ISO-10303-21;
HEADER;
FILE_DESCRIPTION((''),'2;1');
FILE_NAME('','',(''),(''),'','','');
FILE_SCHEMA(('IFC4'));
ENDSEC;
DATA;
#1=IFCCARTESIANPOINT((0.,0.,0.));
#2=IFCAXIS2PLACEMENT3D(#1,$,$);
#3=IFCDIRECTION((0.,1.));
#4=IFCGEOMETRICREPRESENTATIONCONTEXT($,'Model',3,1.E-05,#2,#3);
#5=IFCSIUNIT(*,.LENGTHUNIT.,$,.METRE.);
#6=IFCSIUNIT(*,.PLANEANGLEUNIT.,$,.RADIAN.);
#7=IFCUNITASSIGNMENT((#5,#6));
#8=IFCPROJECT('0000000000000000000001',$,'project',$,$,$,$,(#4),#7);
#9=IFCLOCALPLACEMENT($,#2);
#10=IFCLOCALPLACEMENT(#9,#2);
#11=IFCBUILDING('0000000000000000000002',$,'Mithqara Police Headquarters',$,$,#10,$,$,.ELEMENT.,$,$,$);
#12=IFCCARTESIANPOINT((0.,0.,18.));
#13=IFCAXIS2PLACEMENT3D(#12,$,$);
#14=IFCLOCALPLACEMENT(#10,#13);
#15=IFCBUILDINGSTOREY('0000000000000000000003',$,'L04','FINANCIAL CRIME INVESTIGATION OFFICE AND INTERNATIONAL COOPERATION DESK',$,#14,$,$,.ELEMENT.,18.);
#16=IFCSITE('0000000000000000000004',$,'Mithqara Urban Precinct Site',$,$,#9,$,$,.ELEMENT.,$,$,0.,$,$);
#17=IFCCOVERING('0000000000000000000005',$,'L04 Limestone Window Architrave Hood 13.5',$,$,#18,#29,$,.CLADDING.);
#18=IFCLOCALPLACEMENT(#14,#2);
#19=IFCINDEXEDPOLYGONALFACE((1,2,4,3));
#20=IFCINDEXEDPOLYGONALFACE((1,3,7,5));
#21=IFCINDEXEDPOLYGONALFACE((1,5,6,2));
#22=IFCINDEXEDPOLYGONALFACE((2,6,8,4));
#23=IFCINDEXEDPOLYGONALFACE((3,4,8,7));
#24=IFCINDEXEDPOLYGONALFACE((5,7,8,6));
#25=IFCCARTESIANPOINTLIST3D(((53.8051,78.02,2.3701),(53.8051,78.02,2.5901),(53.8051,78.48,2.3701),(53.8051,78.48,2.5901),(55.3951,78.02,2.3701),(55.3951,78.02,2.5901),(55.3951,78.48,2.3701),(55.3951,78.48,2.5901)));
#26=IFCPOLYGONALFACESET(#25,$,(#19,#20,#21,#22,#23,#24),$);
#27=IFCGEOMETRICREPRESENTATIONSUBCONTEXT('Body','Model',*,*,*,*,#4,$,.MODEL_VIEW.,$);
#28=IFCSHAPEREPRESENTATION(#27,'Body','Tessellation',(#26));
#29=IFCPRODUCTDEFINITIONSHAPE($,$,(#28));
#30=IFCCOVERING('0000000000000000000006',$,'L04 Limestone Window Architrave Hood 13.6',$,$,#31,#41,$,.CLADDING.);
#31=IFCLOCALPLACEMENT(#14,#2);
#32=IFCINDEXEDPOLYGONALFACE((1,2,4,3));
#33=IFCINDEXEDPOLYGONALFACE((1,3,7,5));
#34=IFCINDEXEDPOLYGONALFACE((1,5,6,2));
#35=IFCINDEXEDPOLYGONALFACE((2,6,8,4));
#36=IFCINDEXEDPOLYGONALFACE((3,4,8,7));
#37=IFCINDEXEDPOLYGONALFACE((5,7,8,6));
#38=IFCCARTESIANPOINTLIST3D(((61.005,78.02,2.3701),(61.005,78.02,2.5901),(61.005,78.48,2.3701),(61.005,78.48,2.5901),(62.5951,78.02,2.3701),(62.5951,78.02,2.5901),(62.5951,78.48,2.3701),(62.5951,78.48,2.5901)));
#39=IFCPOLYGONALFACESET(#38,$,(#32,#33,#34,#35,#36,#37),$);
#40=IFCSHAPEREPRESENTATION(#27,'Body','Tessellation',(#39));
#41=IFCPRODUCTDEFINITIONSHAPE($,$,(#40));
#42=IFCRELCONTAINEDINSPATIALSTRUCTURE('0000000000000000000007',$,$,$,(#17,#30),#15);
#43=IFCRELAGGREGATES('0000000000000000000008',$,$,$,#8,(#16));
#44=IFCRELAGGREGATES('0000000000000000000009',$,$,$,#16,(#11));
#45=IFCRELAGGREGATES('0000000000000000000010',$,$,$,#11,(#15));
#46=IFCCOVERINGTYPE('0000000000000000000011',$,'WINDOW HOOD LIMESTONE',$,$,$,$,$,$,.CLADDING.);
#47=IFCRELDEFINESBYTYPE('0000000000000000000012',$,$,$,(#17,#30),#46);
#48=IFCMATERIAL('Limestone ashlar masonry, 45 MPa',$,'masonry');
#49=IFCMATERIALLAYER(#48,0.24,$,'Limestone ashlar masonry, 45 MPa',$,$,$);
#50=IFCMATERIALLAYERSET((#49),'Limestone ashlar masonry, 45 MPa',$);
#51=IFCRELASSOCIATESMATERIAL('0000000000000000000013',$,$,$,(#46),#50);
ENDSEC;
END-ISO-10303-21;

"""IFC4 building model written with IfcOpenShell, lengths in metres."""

from ifc_helpers import new_model, si_unit, direction, frame, origin, origin_2d, place, context, subcontext, project, spatial, rectangle, extrude, material, layer, layer_set, type_object, element, save


model = new_model("IFC4")

# Units and contexts
model_context = context("Model", 3, precision=1e-05, world=origin(), true_north=direction((0.0, 1.0)))
body_context = subcontext(model_context, "Body", "Model", "MODEL_VIEW")
ifc_project = project(units=[si_unit("LENGTHUNIT", "METRE"), si_unit("PLANEANGLEUNIT", "RADIAN")], contexts=[model_context])

# Site, building, storey
site_placement = place(None, origin())
site = spatial("IfcSite", under=ifc_project, at=site_placement, Name="Mithqara Urban Precinct Site", CompositionType="ELEMENT", RefElevation=0.0)
building_placement = place(site_placement, origin())
building = spatial("IfcBuilding", under=site, at=building_placement, Name="Mithqara Police Headquarters", CompositionType="ELEMENT")
storey_placement = place(building_placement, frame((0.0, 0.0, 18.0)))
storey = spatial("IfcBuildingStorey", under=building, at=storey_placement, Name="L04", Description="FINANCIAL CRIME INVESTIGATION OFFICE AND INTERNATIONAL COOPERATION DESK", CompositionType="ELEMENT", Elevation=18.0)

# Shared definitions
ifc_material_1 = material(Name="Limestone ashlar masonry, 45 MPa", Category="masonry")

# Coverings
ifc_layer_1 = layer(ifc_material_1, 0.24, Name="Limestone ashlar masonry, 45 MPa")
ifc_layer_set_1 = layer_set([ifc_layer_1], Name="Limestone ashlar masonry, 45 MPa")
covering_type_1 = type_object("IfcCoveringType", Name="WINDOW HOOD LIMESTONE", PredefinedType="CLADDING", material=ifc_layer_set_1)
for number, where, z_axis, x_axis, name in (
    (1, (54.6001, 78.25, 2.3701), (0.0, 0.0, 1.0), (1.0, 0.0, 0.0), "L04 Limestone Window Architrave Hood 13.5"),
    (2, (61.8, 78.25, 2.3701), (0.0, 0.0, 1.0), (1.0, 0.0, 0.0), "L04 Limestone Window Architrave Hood 13.6"),
):
    element("IfcCovering", number, at=place(storey_placement, frame(where, z_axis=z_axis, x_axis=x_axis)), inside=storey, type_object=covering_type_1, Name=name, PredefinedType="CLADDING", context=body_context, shape_type="SweptSolid", body=[
        extrude(rectangle(XDim=1.5901, YDim=0.46, at=origin_2d()), origin(), (0.0, 0.0, 1.0), 0.22),
    ])

save(model, "model.ifc")
